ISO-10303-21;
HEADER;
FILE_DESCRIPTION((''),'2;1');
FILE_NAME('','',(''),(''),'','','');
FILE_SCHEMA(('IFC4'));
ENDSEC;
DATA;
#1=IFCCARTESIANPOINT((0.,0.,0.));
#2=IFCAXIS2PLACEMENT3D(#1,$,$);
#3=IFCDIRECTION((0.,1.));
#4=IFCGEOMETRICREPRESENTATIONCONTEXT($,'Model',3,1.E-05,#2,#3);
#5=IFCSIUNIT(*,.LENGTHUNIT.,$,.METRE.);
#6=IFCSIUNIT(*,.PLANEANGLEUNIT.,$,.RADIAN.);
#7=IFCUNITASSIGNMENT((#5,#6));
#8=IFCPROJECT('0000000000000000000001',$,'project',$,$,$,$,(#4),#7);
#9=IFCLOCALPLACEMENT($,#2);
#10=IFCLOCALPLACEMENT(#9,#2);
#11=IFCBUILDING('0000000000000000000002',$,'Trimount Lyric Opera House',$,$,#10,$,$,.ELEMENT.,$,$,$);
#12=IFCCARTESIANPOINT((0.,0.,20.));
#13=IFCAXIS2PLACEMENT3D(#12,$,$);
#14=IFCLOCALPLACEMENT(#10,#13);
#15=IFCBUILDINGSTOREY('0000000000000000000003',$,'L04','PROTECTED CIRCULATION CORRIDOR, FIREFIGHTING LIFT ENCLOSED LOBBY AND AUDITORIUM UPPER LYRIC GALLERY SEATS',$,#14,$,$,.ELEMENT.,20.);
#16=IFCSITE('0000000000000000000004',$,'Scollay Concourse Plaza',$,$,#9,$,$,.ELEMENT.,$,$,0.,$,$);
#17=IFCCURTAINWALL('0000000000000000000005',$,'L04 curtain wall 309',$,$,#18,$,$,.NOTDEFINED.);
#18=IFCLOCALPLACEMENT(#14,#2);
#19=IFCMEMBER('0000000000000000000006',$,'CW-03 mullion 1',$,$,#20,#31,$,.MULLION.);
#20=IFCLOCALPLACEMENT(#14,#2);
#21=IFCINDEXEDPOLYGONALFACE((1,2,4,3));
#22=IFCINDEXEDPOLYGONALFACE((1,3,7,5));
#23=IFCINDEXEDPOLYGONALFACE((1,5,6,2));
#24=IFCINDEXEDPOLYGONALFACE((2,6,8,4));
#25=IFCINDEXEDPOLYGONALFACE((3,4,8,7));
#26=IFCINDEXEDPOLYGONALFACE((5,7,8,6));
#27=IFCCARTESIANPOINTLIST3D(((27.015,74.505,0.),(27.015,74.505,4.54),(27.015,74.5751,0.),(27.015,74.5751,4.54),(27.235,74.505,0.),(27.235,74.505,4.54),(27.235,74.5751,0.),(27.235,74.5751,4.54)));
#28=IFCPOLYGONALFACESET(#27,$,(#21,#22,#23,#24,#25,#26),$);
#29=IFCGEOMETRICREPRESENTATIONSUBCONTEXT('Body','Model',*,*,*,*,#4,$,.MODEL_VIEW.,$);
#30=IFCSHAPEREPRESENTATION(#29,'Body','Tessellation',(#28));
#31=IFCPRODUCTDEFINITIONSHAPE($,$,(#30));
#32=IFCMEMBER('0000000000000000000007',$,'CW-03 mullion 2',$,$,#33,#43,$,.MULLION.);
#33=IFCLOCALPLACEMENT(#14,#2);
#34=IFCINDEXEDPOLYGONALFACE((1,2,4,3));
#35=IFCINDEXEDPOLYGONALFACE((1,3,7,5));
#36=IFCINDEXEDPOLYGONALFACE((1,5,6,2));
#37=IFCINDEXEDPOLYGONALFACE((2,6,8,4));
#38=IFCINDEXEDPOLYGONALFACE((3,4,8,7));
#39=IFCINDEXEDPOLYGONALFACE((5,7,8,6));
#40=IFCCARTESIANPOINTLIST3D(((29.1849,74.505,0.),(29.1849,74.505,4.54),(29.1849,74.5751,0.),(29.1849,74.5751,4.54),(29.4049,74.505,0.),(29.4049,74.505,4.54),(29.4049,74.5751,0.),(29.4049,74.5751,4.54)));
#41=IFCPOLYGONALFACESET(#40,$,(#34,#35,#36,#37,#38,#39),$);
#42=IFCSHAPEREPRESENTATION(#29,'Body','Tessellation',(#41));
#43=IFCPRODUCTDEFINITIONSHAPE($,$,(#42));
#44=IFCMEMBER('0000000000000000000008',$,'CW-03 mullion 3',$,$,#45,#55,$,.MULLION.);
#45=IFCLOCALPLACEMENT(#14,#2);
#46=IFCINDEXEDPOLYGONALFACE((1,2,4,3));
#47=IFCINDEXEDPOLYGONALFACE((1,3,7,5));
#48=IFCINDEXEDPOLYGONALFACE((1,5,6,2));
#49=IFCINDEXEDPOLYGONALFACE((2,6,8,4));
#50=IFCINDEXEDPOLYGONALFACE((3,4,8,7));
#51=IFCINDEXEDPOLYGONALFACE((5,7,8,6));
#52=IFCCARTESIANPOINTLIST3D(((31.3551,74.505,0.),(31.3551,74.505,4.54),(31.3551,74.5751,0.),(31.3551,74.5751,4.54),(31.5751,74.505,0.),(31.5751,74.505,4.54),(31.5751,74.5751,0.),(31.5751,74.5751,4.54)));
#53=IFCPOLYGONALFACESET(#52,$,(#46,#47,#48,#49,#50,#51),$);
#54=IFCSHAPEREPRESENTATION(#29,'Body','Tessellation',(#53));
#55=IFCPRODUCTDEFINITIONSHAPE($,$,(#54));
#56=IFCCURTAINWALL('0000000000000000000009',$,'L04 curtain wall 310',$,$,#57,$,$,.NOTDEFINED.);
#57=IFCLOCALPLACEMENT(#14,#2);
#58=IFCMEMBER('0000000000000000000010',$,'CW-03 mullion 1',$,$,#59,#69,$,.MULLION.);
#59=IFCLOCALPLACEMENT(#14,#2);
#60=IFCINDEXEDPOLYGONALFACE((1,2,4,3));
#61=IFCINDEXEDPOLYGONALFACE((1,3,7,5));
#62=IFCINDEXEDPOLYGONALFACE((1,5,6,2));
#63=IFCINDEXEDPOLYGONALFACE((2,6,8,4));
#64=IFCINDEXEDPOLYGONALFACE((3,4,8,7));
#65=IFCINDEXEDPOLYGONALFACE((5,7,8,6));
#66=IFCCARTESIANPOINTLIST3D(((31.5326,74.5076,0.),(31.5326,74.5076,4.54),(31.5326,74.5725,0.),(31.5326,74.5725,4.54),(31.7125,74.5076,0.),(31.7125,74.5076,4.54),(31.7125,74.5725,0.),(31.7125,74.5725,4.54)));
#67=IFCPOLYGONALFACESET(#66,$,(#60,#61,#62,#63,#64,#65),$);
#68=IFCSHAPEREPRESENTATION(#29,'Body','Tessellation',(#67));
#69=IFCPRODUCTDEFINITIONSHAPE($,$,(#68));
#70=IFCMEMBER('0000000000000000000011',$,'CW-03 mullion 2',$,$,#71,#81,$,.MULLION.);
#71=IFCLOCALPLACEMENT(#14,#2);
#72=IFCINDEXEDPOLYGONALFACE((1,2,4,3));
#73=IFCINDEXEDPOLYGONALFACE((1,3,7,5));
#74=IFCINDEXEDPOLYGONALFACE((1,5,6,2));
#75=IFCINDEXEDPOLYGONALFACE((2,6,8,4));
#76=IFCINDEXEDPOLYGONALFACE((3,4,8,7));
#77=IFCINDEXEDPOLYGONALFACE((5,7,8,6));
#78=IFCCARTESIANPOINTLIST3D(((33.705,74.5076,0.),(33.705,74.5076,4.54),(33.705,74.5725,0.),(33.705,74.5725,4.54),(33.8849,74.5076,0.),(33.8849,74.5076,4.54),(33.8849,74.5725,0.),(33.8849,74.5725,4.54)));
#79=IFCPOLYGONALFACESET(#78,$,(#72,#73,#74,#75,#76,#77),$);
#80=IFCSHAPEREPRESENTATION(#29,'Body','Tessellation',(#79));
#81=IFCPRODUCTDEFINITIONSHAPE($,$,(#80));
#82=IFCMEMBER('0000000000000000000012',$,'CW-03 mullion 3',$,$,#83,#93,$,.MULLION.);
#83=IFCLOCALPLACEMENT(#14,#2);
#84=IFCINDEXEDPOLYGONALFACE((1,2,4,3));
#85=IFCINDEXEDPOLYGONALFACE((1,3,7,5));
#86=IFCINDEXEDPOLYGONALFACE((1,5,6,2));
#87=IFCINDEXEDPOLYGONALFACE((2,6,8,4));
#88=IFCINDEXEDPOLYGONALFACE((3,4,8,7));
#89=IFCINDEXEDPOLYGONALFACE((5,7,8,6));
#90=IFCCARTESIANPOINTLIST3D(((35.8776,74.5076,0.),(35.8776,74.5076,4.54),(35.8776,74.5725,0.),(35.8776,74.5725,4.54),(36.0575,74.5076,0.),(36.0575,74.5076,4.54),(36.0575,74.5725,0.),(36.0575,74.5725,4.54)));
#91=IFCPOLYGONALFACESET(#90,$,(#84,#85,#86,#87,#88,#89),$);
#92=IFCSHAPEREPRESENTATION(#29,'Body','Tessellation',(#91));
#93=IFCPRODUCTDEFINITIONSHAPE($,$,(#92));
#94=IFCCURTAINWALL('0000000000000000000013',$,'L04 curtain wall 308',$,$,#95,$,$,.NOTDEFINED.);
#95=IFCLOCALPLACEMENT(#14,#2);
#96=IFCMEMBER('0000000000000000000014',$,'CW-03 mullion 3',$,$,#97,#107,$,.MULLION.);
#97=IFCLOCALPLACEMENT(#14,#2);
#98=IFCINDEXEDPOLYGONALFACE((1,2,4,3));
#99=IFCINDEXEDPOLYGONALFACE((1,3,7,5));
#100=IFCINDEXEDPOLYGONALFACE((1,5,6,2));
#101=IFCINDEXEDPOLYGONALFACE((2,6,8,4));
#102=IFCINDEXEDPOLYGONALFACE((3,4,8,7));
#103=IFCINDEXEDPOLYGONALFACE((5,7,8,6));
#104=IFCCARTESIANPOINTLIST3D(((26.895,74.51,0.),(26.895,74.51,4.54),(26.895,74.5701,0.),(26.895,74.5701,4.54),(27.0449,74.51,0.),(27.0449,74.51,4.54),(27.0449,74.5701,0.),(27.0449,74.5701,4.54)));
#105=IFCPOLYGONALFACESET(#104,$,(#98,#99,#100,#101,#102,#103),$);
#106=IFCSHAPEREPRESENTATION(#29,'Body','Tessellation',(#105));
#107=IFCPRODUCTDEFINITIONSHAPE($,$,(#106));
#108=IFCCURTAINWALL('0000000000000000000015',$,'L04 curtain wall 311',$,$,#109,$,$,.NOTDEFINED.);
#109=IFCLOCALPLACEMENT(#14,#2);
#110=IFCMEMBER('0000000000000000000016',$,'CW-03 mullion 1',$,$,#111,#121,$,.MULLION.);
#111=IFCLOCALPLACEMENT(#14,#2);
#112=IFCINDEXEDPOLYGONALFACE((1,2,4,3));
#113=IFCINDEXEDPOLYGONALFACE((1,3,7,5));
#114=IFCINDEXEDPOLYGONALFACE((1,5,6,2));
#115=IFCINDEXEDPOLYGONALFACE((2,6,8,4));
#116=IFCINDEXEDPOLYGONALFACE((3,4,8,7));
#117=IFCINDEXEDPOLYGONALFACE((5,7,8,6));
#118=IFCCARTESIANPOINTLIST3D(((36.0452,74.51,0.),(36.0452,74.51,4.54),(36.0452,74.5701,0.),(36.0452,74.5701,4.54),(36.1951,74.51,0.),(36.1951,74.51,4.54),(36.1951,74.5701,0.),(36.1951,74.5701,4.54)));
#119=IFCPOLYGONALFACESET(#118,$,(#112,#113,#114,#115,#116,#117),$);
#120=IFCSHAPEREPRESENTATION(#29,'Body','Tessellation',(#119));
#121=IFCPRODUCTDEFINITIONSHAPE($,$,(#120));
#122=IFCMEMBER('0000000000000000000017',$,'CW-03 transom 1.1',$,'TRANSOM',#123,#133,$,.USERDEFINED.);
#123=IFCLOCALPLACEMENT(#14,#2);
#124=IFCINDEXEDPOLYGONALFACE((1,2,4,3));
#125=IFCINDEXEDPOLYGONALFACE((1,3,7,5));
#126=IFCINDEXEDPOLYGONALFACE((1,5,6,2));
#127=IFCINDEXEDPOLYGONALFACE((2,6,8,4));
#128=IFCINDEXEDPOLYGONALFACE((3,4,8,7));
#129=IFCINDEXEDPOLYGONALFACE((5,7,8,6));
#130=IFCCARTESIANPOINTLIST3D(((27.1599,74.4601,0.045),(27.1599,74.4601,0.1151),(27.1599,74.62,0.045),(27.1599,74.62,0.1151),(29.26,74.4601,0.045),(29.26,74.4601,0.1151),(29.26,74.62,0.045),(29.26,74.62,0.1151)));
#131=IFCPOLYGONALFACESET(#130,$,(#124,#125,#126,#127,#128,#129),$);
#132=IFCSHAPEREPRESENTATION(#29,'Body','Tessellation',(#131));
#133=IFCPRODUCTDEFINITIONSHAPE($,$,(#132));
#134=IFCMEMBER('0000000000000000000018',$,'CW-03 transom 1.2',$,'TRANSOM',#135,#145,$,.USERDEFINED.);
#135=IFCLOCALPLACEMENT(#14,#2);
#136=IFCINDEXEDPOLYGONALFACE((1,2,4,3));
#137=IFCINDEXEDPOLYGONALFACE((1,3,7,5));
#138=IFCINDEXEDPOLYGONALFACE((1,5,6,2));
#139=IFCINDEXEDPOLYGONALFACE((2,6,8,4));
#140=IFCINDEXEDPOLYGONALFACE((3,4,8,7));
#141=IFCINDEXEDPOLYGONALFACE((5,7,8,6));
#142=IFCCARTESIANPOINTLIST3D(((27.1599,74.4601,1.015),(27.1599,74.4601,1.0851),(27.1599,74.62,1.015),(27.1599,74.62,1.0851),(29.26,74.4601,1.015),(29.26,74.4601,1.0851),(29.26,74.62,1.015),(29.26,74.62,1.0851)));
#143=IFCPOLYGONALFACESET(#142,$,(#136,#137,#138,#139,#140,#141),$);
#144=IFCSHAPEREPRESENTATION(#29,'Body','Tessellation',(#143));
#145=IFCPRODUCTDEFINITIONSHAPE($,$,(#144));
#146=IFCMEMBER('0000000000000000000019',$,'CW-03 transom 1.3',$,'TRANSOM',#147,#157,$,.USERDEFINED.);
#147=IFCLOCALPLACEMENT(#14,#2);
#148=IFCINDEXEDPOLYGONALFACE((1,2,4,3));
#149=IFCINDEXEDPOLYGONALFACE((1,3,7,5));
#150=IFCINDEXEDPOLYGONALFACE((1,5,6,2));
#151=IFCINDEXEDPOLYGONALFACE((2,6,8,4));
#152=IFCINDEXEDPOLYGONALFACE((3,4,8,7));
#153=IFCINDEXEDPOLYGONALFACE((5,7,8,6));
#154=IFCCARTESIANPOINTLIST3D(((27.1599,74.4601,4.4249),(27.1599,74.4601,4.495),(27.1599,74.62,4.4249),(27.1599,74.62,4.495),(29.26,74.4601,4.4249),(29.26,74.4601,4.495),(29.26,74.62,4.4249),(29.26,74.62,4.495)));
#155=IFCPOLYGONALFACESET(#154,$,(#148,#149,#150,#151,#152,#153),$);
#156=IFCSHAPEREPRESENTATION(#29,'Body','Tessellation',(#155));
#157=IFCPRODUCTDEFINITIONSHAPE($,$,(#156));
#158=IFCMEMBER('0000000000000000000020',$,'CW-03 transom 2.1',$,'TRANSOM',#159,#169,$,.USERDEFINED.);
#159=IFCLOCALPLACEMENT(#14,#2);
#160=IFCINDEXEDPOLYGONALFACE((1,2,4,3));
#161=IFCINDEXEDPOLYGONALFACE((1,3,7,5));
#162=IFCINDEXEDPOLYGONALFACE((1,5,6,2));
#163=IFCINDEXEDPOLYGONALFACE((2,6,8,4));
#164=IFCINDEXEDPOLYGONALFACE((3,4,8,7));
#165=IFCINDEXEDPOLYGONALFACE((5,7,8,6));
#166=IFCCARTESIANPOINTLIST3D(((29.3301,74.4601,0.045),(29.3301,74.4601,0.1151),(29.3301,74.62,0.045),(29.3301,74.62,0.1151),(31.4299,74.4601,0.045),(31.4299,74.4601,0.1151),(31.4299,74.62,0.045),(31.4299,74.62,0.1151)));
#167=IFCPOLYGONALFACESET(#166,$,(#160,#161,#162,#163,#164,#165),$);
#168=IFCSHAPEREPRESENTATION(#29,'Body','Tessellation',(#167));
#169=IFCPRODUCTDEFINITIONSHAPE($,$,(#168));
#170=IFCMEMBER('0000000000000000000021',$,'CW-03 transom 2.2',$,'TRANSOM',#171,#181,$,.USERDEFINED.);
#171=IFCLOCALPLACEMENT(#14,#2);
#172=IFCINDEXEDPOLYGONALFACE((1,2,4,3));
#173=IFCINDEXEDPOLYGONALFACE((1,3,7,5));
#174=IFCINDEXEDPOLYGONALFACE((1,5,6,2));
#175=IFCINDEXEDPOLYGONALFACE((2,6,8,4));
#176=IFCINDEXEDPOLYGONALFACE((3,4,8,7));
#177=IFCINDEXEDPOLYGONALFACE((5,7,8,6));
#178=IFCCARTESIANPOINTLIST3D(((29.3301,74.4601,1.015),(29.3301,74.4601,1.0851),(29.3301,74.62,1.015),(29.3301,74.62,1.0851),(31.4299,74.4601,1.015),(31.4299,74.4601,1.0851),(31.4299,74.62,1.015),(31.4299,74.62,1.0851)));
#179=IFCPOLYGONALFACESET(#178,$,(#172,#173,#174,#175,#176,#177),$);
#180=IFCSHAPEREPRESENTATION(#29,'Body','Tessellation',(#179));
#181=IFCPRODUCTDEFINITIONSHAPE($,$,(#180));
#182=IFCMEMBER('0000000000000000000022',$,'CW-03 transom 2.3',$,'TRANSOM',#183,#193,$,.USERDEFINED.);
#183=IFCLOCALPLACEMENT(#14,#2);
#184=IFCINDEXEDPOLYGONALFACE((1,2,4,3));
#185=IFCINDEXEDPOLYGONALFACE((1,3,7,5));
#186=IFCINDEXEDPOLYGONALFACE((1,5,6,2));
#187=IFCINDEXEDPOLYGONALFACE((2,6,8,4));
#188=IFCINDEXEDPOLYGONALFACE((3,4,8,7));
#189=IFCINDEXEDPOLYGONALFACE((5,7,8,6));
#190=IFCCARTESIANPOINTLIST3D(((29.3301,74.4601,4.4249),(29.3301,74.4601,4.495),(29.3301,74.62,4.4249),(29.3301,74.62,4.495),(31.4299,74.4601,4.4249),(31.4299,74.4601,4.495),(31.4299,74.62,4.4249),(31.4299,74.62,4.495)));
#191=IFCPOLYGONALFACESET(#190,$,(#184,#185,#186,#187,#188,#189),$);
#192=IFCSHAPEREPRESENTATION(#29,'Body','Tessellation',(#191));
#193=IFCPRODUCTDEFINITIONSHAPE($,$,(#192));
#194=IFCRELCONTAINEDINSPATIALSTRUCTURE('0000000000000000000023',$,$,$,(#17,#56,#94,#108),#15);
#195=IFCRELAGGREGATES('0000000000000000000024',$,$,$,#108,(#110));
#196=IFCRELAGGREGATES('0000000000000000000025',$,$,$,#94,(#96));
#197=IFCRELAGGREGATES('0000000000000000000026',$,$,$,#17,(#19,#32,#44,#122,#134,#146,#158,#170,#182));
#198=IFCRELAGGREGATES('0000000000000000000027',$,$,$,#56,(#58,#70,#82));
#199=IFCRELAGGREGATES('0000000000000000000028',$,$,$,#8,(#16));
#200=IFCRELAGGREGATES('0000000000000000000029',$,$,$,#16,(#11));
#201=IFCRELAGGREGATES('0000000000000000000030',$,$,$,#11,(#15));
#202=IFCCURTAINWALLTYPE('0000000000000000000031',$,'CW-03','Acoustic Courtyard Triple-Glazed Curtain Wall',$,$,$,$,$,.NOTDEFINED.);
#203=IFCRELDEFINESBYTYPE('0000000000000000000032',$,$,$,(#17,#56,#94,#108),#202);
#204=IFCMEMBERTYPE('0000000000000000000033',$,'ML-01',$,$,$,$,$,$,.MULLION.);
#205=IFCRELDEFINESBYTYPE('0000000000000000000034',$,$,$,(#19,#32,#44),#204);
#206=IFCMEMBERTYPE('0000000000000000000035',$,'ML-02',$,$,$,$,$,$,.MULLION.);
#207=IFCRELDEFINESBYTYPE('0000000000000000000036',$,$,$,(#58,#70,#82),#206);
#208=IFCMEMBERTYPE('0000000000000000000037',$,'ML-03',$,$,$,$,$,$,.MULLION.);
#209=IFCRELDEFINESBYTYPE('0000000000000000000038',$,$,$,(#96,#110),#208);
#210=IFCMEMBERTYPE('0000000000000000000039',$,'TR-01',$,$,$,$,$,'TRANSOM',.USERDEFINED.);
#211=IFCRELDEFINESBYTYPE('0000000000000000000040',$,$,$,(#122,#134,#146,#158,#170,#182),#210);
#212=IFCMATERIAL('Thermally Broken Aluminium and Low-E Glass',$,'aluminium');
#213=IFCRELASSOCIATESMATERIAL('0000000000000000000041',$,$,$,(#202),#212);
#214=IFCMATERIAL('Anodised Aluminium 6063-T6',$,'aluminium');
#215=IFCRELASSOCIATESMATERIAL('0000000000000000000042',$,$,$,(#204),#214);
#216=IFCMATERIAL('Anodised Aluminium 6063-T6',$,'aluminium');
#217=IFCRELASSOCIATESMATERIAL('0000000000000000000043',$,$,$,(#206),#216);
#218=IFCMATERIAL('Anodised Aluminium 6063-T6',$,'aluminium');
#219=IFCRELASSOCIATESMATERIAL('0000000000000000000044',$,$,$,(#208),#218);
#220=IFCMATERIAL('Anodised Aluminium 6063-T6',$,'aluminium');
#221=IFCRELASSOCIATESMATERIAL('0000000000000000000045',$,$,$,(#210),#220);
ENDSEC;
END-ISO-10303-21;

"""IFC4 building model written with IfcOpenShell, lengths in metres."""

from ifc_helpers import new_model, si_unit, direction, frame, origin, origin_2d, place, context, subcontext, project, spatial, rectangle, extrude, material, material_profile, profile_set, type_object, element, aggregate, save


model = new_model("IFC4")

# Units and contexts
model_context = context("Model", 3, precision=1e-05, world=origin(), true_north=direction((0.0, 1.0)))
body_context = subcontext(model_context, "Body", "Model", "MODEL_VIEW")
ifc_project = project(units=[si_unit("LENGTHUNIT", "METRE"), si_unit("PLANEANGLEUNIT", "RADIAN")], contexts=[model_context])

# Site, building, storey
site_placement = place(None, origin())
site = spatial("IfcSite", under=ifc_project, at=site_placement, Name="Scollay Concourse Plaza", CompositionType="ELEMENT", RefElevation=0.0)
building_placement = place(site_placement, origin())
building = spatial("IfcBuilding", under=site, at=building_placement, Name="Trimount Lyric Opera House", CompositionType="ELEMENT")
storey_placement = place(building_placement, frame((0.0, 0.0, 20.0)))
storey = spatial("IfcBuildingStorey", under=building, at=storey_placement, Name="L04", Description="PROTECTED CIRCULATION CORRIDOR, FIREFIGHTING LIFT ENCLOSED LOBBY AND AUDITORIUM UPPER LYRIC GALLERY SEATS", CompositionType="ELEMENT", Elevation=20.0)

# Curtain walls, members
ifc_material_1 = material(Name="Thermally Broken Aluminium and Low-E Glass", Category="aluminium")
curtain_wall_type = type_object("IfcCurtainWallType", Name="CW-03", Description="Acoustic Courtyard Triple-Glazed Curtain Wall", PredefinedType="NOTDEFINED", material=ifc_material_1)
curtain_wall_1_placement = place(storey_placement, origin())
curtain_wall_1 = element("IfcCurtainWall", 1, at=curtain_wall_1_placement, inside=storey, type_object=curtain_wall_type, Name="L04 curtain wall 309", PredefinedType="NOTDEFINED")
ifc_material_2 = material(Name="Anodised Aluminium 6063-T6", Category="aluminium")
ifc_material_profile_1 = material_profile(ifc_material_2, rectangle(XDim=0.0701, YDim=0.22, at=origin_2d()), Name="ALU-MULL-70X220")
ifc_profile_set_1 = profile_set([ifc_material_profile_1], Name="Anodised Aluminium 6063-T6")
member_type_1 = type_object("IfcMemberType", Name="ML-01", PredefinedType="MULLION", material=ifc_profile_set_1)
member_1_placement = place(storey_placement, frame((27.125, 74.54, 0.0), z_axis=(0.0, 0.0, 1.0), x_axis=(0.0, 1.0, 0.0)))
member_1 = element("IfcMember", 2, at=member_1_placement, type_object=member_type_1, Name="CW-03 mullion 1", PredefinedType="MULLION", context=body_context, shape_type="SweptSolid", body=[
    extrude(rectangle(XDim=0.0701, YDim=0.22, at=origin_2d()), origin(), (0.0, 0.0, 1.0), 4.54),
])
member_2_placement = place(storey_placement, frame((29.2949, 74.54, 0.0), z_axis=(0.0, 0.0, 1.0), x_axis=(0.0, 1.0, 0.0)))
member_2 = element("IfcMember", 3, at=member_2_placement, type_object=member_type_1, Name="CW-03 mullion 2", PredefinedType="MULLION", context=body_context, shape_type="SweptSolid", body=[
    extrude(rectangle(XDim=0.0701, YDim=0.22, at=origin_2d()), origin(), (0.0, 0.0, 1.0), 4.54),
])
member_3_placement = place(storey_placement, frame((31.4651, 74.54, 0.0), z_axis=(0.0, 0.0, 1.0), x_axis=(0.0, 1.0, 0.0)))
member_3 = element("IfcMember", 4, at=member_3_placement, type_object=member_type_1, Name="CW-03 mullion 3", PredefinedType="MULLION", context=body_context, shape_type="SweptSolid", body=[
    extrude(rectangle(XDim=0.0701, YDim=0.22, at=origin_2d()), origin(), (0.0, 0.0, 1.0), 4.54),
])
curtain_wall_2_placement = place(storey_placement, origin())
curtain_wall_2 = element("IfcCurtainWall", 5, at=curtain_wall_2_placement, inside=storey, type_object=curtain_wall_type, Name="L04 curtain wall 310", PredefinedType="NOTDEFINED")
ifc_material_3 = material(Name="Anodised Aluminium 6063-T6", Category="aluminium")
ifc_material_profile_2 = material_profile(ifc_material_3, rectangle(XDim=0.0649, YDim=0.1799, at=origin_2d()), Name="ALU-MULL-65X180")
ifc_profile_set_2 = profile_set([ifc_material_profile_2], Name="Anodised Aluminium 6063-T6")
member_type_2 = type_object("IfcMemberType", Name="ML-02", PredefinedType="MULLION", material=ifc_profile_set_2)
member_4_placement = place(storey_placement, frame((31.6226, 74.54, 0.0), z_axis=(0.0, 0.0, 1.0), x_axis=(0.0, 1.0, 0.0)))
member_4 = element("IfcMember", 6, at=member_4_placement, type_object=member_type_2, Name="CW-03 mullion 1", PredefinedType="MULLION", context=body_context, shape_type="SweptSolid", body=[
    extrude(rectangle(XDim=0.0649, YDim=0.1799, at=origin_2d()), origin(), (0.0, 0.0, 1.0), 4.54),
])
member_5_placement = place(storey_placement, frame((33.7949, 74.54, 0.0), z_axis=(0.0, 0.0, 1.0), x_axis=(0.0, 1.0, 0.0)))
member_5 = element("IfcMember", 7, at=member_5_placement, type_object=member_type_2, Name="CW-03 mullion 2", PredefinedType="MULLION", context=body_context, shape_type="SweptSolid", body=[
    extrude(rectangle(XDim=0.0649, YDim=0.1799, at=origin_2d()), origin(), (0.0, 0.0, 1.0), 4.54),
])
member_6_placement = place(storey_placement, frame((35.9675, 74.54, 0.0), z_axis=(0.0, 0.0, 1.0), x_axis=(0.0, 1.0, 0.0)))
member_6 = element("IfcMember", 8, at=member_6_placement, type_object=member_type_2, Name="CW-03 mullion 3", PredefinedType="MULLION", context=body_context, shape_type="SweptSolid", body=[
    extrude(rectangle(XDim=0.0649, YDim=0.1799, at=origin_2d()), origin(), (0.0, 0.0, 1.0), 4.54),
])

# Curtain walls, members
curtain_wall_3_placement = place(storey_placement, origin())
curtain_wall_3 = element("IfcCurtainWall", 9, at=curtain_wall_3_placement, inside=storey, type_object=curtain_wall_type, Name="L04 curtain wall 308", PredefinedType="NOTDEFINED")
ifc_material_4 = material(Name="Anodised Aluminium 6063-T6", Category="aluminium")
ifc_material_profile_3 = material_profile(ifc_material_4, rectangle(XDim=0.0601, YDim=0.1499, at=origin_2d()), Name="ALU-MULL-60X150")
ifc_profile_set_3 = profile_set([ifc_material_profile_3], Name="Anodised Aluminium 6063-T6")
member_type_3 = type_object("IfcMemberType", Name="ML-03", PredefinedType="MULLION", material=ifc_profile_set_3)
member_7_placement = place(storey_placement, frame((26.97, 74.54, 0.0), z_axis=(0.0, 0.0, 1.0), x_axis=(0.0, 1.0, 0.0)))
member_7 = element("IfcMember", 10, at=member_7_placement, type_object=member_type_3, Name="CW-03 mullion 3", PredefinedType="MULLION", context=body_context, shape_type="SweptSolid", body=[
    extrude(rectangle(XDim=0.0601, YDim=0.1499, at=origin_2d()), origin(), (0.0, 0.0, 1.0), 4.54),
])
curtain_wall_4_placement = place(storey_placement, origin())
curtain_wall_4 = element("IfcCurtainWall", 11, at=curtain_wall_4_placement, inside=storey, type_object=curtain_wall_type, Name="L04 curtain wall 311", PredefinedType="NOTDEFINED")
member_8_placement = place(storey_placement, frame((36.1201, 74.54, 0.0), z_axis=(0.0, 0.0, 1.0), x_axis=(0.0, 1.0, 0.0)))
member_8 = element("IfcMember", 12, at=member_8_placement, type_object=member_type_3, Name="CW-03 mullion 1", PredefinedType="MULLION", context=body_context, shape_type="SweptSolid", body=[
    extrude(rectangle(XDim=0.0601, YDim=0.1499, at=origin_2d()), origin(), (0.0, 0.0, 1.0), 4.54),
])
aggregate(curtain_wall_4, [member_8])

# Members
ifc_material_5 = material(Name="Anodised Aluminium 6063-T6", Category="aluminium")
ifc_material_profile_4 = material_profile(ifc_material_5, rectangle(XDim=0.1599, YDim=0.0701, at=origin_2d()), Name="ALU-TRAN-70X160")
ifc_profile_set_4 = profile_set([ifc_material_profile_4], Name="Anodised Aluminium 6063-T6")
member_type_4 = type_object("IfcMemberType", Name="TR-01", ElementType="TRANSOM", PredefinedType="USERDEFINED", material=ifc_profile_set_4)
member_9_placement = place(storey_placement, frame((27.1599, 74.54, 0.0801), z_axis=(1.0, 0.0, 0.0), x_axis=(0.0, 1.0, 0.0)))
member_9 = element("IfcMember", 13, at=member_9_placement, type_object=member_type_4, Name="CW-03 transom 1.1", ObjectType="TRANSOM", PredefinedType="USERDEFINED", context=body_context, shape_type="SweptSolid", body=[
    extrude(rectangle(XDim=0.1599, YDim=0.0701, at=origin_2d()), origin(), (0.0, 0.0, 1.0), 2.1001),
])
member_10_placement = place(storey_placement, frame((27.1599, 74.54, 1.05), z_axis=(1.0, 0.0, 0.0), x_axis=(0.0, 1.0, 0.0)))
member_10 = element("IfcMember", 14, at=member_10_placement, type_object=member_type_4, Name="CW-03 transom 1.2", ObjectType="TRANSOM", PredefinedType="USERDEFINED", context=body_context, shape_type="SweptSolid", body=[
    extrude(rectangle(XDim=0.1599, YDim=0.0701, at=origin_2d()), origin(), (0.0, 0.0, 1.0), 2.1001),
])
member_11_placement = place(storey_placement, frame((27.1599, 74.54, 4.46), z_axis=(1.0, 0.0, 0.0), x_axis=(0.0, 1.0, 0.0)))
member_11 = element("IfcMember", 15, at=member_11_placement, type_object=member_type_4, Name="CW-03 transom 1.3", ObjectType="TRANSOM", PredefinedType="USERDEFINED", context=body_context, shape_type="SweptSolid", body=[
    extrude(rectangle(XDim=0.1599, YDim=0.0701, at=origin_2d()), origin(), (0.0, 0.0, 1.0), 2.1001),
])
member_12_placement = place(storey_placement, frame((29.3301, 74.54, 0.0801), z_axis=(1.0, 0.0, 0.0), x_axis=(0.0, 1.0, 0.0)))
member_12 = element("IfcMember", 16, at=member_12_placement, type_object=member_type_4, Name="CW-03 transom 2.1", ObjectType="TRANSOM", PredefinedType="USERDEFINED", context=body_context, shape_type="SweptSolid", body=[
    extrude(rectangle(XDim=0.1599, YDim=0.0701, at=origin_2d()), origin(), (0.0, 0.0, 1.0), 2.0999),
])
member_13_placement = place(storey_placement, frame((29.3301, 74.54, 1.05), z_axis=(1.0, 0.0, 0.0), x_axis=(0.0, 1.0, 0.0)))
member_13 = element("IfcMember", 17, at=member_13_placement, type_object=member_type_4, Name="CW-03 transom 2.2", ObjectType="TRANSOM", PredefinedType="USERDEFINED", context=body_context, shape_type="SweptSolid", body=[
    extrude(rectangle(XDim=0.1599, YDim=0.0701, at=origin_2d()), origin(), (0.0, 0.0, 1.0), 2.0999),
])
member_14_placement = place(storey_placement, frame((29.3301, 74.54, 4.46), z_axis=(1.0, 0.0, 0.0), x_axis=(0.0, 1.0, 0.0)))
member_14 = element("IfcMember", 18, at=member_14_placement, type_object=member_type_4, Name="CW-03 transom 2.3", ObjectType="TRANSOM", PredefinedType="USERDEFINED", context=body_context, shape_type="SweptSolid", body=[
    extrude(rectangle(XDim=0.1599, YDim=0.0701, at=origin_2d()), origin(), (0.0, 0.0, 1.0), 2.0999),
])

aggregate(curtain_wall_3, [member_7])
aggregate(curtain_wall_1, [member_1, member_2, member_3, member_9, member_10, member_11, member_12, member_13, member_14])
aggregate(curtain_wall_2, [member_4, member_5, member_6])

save(model, "model.ifc")
